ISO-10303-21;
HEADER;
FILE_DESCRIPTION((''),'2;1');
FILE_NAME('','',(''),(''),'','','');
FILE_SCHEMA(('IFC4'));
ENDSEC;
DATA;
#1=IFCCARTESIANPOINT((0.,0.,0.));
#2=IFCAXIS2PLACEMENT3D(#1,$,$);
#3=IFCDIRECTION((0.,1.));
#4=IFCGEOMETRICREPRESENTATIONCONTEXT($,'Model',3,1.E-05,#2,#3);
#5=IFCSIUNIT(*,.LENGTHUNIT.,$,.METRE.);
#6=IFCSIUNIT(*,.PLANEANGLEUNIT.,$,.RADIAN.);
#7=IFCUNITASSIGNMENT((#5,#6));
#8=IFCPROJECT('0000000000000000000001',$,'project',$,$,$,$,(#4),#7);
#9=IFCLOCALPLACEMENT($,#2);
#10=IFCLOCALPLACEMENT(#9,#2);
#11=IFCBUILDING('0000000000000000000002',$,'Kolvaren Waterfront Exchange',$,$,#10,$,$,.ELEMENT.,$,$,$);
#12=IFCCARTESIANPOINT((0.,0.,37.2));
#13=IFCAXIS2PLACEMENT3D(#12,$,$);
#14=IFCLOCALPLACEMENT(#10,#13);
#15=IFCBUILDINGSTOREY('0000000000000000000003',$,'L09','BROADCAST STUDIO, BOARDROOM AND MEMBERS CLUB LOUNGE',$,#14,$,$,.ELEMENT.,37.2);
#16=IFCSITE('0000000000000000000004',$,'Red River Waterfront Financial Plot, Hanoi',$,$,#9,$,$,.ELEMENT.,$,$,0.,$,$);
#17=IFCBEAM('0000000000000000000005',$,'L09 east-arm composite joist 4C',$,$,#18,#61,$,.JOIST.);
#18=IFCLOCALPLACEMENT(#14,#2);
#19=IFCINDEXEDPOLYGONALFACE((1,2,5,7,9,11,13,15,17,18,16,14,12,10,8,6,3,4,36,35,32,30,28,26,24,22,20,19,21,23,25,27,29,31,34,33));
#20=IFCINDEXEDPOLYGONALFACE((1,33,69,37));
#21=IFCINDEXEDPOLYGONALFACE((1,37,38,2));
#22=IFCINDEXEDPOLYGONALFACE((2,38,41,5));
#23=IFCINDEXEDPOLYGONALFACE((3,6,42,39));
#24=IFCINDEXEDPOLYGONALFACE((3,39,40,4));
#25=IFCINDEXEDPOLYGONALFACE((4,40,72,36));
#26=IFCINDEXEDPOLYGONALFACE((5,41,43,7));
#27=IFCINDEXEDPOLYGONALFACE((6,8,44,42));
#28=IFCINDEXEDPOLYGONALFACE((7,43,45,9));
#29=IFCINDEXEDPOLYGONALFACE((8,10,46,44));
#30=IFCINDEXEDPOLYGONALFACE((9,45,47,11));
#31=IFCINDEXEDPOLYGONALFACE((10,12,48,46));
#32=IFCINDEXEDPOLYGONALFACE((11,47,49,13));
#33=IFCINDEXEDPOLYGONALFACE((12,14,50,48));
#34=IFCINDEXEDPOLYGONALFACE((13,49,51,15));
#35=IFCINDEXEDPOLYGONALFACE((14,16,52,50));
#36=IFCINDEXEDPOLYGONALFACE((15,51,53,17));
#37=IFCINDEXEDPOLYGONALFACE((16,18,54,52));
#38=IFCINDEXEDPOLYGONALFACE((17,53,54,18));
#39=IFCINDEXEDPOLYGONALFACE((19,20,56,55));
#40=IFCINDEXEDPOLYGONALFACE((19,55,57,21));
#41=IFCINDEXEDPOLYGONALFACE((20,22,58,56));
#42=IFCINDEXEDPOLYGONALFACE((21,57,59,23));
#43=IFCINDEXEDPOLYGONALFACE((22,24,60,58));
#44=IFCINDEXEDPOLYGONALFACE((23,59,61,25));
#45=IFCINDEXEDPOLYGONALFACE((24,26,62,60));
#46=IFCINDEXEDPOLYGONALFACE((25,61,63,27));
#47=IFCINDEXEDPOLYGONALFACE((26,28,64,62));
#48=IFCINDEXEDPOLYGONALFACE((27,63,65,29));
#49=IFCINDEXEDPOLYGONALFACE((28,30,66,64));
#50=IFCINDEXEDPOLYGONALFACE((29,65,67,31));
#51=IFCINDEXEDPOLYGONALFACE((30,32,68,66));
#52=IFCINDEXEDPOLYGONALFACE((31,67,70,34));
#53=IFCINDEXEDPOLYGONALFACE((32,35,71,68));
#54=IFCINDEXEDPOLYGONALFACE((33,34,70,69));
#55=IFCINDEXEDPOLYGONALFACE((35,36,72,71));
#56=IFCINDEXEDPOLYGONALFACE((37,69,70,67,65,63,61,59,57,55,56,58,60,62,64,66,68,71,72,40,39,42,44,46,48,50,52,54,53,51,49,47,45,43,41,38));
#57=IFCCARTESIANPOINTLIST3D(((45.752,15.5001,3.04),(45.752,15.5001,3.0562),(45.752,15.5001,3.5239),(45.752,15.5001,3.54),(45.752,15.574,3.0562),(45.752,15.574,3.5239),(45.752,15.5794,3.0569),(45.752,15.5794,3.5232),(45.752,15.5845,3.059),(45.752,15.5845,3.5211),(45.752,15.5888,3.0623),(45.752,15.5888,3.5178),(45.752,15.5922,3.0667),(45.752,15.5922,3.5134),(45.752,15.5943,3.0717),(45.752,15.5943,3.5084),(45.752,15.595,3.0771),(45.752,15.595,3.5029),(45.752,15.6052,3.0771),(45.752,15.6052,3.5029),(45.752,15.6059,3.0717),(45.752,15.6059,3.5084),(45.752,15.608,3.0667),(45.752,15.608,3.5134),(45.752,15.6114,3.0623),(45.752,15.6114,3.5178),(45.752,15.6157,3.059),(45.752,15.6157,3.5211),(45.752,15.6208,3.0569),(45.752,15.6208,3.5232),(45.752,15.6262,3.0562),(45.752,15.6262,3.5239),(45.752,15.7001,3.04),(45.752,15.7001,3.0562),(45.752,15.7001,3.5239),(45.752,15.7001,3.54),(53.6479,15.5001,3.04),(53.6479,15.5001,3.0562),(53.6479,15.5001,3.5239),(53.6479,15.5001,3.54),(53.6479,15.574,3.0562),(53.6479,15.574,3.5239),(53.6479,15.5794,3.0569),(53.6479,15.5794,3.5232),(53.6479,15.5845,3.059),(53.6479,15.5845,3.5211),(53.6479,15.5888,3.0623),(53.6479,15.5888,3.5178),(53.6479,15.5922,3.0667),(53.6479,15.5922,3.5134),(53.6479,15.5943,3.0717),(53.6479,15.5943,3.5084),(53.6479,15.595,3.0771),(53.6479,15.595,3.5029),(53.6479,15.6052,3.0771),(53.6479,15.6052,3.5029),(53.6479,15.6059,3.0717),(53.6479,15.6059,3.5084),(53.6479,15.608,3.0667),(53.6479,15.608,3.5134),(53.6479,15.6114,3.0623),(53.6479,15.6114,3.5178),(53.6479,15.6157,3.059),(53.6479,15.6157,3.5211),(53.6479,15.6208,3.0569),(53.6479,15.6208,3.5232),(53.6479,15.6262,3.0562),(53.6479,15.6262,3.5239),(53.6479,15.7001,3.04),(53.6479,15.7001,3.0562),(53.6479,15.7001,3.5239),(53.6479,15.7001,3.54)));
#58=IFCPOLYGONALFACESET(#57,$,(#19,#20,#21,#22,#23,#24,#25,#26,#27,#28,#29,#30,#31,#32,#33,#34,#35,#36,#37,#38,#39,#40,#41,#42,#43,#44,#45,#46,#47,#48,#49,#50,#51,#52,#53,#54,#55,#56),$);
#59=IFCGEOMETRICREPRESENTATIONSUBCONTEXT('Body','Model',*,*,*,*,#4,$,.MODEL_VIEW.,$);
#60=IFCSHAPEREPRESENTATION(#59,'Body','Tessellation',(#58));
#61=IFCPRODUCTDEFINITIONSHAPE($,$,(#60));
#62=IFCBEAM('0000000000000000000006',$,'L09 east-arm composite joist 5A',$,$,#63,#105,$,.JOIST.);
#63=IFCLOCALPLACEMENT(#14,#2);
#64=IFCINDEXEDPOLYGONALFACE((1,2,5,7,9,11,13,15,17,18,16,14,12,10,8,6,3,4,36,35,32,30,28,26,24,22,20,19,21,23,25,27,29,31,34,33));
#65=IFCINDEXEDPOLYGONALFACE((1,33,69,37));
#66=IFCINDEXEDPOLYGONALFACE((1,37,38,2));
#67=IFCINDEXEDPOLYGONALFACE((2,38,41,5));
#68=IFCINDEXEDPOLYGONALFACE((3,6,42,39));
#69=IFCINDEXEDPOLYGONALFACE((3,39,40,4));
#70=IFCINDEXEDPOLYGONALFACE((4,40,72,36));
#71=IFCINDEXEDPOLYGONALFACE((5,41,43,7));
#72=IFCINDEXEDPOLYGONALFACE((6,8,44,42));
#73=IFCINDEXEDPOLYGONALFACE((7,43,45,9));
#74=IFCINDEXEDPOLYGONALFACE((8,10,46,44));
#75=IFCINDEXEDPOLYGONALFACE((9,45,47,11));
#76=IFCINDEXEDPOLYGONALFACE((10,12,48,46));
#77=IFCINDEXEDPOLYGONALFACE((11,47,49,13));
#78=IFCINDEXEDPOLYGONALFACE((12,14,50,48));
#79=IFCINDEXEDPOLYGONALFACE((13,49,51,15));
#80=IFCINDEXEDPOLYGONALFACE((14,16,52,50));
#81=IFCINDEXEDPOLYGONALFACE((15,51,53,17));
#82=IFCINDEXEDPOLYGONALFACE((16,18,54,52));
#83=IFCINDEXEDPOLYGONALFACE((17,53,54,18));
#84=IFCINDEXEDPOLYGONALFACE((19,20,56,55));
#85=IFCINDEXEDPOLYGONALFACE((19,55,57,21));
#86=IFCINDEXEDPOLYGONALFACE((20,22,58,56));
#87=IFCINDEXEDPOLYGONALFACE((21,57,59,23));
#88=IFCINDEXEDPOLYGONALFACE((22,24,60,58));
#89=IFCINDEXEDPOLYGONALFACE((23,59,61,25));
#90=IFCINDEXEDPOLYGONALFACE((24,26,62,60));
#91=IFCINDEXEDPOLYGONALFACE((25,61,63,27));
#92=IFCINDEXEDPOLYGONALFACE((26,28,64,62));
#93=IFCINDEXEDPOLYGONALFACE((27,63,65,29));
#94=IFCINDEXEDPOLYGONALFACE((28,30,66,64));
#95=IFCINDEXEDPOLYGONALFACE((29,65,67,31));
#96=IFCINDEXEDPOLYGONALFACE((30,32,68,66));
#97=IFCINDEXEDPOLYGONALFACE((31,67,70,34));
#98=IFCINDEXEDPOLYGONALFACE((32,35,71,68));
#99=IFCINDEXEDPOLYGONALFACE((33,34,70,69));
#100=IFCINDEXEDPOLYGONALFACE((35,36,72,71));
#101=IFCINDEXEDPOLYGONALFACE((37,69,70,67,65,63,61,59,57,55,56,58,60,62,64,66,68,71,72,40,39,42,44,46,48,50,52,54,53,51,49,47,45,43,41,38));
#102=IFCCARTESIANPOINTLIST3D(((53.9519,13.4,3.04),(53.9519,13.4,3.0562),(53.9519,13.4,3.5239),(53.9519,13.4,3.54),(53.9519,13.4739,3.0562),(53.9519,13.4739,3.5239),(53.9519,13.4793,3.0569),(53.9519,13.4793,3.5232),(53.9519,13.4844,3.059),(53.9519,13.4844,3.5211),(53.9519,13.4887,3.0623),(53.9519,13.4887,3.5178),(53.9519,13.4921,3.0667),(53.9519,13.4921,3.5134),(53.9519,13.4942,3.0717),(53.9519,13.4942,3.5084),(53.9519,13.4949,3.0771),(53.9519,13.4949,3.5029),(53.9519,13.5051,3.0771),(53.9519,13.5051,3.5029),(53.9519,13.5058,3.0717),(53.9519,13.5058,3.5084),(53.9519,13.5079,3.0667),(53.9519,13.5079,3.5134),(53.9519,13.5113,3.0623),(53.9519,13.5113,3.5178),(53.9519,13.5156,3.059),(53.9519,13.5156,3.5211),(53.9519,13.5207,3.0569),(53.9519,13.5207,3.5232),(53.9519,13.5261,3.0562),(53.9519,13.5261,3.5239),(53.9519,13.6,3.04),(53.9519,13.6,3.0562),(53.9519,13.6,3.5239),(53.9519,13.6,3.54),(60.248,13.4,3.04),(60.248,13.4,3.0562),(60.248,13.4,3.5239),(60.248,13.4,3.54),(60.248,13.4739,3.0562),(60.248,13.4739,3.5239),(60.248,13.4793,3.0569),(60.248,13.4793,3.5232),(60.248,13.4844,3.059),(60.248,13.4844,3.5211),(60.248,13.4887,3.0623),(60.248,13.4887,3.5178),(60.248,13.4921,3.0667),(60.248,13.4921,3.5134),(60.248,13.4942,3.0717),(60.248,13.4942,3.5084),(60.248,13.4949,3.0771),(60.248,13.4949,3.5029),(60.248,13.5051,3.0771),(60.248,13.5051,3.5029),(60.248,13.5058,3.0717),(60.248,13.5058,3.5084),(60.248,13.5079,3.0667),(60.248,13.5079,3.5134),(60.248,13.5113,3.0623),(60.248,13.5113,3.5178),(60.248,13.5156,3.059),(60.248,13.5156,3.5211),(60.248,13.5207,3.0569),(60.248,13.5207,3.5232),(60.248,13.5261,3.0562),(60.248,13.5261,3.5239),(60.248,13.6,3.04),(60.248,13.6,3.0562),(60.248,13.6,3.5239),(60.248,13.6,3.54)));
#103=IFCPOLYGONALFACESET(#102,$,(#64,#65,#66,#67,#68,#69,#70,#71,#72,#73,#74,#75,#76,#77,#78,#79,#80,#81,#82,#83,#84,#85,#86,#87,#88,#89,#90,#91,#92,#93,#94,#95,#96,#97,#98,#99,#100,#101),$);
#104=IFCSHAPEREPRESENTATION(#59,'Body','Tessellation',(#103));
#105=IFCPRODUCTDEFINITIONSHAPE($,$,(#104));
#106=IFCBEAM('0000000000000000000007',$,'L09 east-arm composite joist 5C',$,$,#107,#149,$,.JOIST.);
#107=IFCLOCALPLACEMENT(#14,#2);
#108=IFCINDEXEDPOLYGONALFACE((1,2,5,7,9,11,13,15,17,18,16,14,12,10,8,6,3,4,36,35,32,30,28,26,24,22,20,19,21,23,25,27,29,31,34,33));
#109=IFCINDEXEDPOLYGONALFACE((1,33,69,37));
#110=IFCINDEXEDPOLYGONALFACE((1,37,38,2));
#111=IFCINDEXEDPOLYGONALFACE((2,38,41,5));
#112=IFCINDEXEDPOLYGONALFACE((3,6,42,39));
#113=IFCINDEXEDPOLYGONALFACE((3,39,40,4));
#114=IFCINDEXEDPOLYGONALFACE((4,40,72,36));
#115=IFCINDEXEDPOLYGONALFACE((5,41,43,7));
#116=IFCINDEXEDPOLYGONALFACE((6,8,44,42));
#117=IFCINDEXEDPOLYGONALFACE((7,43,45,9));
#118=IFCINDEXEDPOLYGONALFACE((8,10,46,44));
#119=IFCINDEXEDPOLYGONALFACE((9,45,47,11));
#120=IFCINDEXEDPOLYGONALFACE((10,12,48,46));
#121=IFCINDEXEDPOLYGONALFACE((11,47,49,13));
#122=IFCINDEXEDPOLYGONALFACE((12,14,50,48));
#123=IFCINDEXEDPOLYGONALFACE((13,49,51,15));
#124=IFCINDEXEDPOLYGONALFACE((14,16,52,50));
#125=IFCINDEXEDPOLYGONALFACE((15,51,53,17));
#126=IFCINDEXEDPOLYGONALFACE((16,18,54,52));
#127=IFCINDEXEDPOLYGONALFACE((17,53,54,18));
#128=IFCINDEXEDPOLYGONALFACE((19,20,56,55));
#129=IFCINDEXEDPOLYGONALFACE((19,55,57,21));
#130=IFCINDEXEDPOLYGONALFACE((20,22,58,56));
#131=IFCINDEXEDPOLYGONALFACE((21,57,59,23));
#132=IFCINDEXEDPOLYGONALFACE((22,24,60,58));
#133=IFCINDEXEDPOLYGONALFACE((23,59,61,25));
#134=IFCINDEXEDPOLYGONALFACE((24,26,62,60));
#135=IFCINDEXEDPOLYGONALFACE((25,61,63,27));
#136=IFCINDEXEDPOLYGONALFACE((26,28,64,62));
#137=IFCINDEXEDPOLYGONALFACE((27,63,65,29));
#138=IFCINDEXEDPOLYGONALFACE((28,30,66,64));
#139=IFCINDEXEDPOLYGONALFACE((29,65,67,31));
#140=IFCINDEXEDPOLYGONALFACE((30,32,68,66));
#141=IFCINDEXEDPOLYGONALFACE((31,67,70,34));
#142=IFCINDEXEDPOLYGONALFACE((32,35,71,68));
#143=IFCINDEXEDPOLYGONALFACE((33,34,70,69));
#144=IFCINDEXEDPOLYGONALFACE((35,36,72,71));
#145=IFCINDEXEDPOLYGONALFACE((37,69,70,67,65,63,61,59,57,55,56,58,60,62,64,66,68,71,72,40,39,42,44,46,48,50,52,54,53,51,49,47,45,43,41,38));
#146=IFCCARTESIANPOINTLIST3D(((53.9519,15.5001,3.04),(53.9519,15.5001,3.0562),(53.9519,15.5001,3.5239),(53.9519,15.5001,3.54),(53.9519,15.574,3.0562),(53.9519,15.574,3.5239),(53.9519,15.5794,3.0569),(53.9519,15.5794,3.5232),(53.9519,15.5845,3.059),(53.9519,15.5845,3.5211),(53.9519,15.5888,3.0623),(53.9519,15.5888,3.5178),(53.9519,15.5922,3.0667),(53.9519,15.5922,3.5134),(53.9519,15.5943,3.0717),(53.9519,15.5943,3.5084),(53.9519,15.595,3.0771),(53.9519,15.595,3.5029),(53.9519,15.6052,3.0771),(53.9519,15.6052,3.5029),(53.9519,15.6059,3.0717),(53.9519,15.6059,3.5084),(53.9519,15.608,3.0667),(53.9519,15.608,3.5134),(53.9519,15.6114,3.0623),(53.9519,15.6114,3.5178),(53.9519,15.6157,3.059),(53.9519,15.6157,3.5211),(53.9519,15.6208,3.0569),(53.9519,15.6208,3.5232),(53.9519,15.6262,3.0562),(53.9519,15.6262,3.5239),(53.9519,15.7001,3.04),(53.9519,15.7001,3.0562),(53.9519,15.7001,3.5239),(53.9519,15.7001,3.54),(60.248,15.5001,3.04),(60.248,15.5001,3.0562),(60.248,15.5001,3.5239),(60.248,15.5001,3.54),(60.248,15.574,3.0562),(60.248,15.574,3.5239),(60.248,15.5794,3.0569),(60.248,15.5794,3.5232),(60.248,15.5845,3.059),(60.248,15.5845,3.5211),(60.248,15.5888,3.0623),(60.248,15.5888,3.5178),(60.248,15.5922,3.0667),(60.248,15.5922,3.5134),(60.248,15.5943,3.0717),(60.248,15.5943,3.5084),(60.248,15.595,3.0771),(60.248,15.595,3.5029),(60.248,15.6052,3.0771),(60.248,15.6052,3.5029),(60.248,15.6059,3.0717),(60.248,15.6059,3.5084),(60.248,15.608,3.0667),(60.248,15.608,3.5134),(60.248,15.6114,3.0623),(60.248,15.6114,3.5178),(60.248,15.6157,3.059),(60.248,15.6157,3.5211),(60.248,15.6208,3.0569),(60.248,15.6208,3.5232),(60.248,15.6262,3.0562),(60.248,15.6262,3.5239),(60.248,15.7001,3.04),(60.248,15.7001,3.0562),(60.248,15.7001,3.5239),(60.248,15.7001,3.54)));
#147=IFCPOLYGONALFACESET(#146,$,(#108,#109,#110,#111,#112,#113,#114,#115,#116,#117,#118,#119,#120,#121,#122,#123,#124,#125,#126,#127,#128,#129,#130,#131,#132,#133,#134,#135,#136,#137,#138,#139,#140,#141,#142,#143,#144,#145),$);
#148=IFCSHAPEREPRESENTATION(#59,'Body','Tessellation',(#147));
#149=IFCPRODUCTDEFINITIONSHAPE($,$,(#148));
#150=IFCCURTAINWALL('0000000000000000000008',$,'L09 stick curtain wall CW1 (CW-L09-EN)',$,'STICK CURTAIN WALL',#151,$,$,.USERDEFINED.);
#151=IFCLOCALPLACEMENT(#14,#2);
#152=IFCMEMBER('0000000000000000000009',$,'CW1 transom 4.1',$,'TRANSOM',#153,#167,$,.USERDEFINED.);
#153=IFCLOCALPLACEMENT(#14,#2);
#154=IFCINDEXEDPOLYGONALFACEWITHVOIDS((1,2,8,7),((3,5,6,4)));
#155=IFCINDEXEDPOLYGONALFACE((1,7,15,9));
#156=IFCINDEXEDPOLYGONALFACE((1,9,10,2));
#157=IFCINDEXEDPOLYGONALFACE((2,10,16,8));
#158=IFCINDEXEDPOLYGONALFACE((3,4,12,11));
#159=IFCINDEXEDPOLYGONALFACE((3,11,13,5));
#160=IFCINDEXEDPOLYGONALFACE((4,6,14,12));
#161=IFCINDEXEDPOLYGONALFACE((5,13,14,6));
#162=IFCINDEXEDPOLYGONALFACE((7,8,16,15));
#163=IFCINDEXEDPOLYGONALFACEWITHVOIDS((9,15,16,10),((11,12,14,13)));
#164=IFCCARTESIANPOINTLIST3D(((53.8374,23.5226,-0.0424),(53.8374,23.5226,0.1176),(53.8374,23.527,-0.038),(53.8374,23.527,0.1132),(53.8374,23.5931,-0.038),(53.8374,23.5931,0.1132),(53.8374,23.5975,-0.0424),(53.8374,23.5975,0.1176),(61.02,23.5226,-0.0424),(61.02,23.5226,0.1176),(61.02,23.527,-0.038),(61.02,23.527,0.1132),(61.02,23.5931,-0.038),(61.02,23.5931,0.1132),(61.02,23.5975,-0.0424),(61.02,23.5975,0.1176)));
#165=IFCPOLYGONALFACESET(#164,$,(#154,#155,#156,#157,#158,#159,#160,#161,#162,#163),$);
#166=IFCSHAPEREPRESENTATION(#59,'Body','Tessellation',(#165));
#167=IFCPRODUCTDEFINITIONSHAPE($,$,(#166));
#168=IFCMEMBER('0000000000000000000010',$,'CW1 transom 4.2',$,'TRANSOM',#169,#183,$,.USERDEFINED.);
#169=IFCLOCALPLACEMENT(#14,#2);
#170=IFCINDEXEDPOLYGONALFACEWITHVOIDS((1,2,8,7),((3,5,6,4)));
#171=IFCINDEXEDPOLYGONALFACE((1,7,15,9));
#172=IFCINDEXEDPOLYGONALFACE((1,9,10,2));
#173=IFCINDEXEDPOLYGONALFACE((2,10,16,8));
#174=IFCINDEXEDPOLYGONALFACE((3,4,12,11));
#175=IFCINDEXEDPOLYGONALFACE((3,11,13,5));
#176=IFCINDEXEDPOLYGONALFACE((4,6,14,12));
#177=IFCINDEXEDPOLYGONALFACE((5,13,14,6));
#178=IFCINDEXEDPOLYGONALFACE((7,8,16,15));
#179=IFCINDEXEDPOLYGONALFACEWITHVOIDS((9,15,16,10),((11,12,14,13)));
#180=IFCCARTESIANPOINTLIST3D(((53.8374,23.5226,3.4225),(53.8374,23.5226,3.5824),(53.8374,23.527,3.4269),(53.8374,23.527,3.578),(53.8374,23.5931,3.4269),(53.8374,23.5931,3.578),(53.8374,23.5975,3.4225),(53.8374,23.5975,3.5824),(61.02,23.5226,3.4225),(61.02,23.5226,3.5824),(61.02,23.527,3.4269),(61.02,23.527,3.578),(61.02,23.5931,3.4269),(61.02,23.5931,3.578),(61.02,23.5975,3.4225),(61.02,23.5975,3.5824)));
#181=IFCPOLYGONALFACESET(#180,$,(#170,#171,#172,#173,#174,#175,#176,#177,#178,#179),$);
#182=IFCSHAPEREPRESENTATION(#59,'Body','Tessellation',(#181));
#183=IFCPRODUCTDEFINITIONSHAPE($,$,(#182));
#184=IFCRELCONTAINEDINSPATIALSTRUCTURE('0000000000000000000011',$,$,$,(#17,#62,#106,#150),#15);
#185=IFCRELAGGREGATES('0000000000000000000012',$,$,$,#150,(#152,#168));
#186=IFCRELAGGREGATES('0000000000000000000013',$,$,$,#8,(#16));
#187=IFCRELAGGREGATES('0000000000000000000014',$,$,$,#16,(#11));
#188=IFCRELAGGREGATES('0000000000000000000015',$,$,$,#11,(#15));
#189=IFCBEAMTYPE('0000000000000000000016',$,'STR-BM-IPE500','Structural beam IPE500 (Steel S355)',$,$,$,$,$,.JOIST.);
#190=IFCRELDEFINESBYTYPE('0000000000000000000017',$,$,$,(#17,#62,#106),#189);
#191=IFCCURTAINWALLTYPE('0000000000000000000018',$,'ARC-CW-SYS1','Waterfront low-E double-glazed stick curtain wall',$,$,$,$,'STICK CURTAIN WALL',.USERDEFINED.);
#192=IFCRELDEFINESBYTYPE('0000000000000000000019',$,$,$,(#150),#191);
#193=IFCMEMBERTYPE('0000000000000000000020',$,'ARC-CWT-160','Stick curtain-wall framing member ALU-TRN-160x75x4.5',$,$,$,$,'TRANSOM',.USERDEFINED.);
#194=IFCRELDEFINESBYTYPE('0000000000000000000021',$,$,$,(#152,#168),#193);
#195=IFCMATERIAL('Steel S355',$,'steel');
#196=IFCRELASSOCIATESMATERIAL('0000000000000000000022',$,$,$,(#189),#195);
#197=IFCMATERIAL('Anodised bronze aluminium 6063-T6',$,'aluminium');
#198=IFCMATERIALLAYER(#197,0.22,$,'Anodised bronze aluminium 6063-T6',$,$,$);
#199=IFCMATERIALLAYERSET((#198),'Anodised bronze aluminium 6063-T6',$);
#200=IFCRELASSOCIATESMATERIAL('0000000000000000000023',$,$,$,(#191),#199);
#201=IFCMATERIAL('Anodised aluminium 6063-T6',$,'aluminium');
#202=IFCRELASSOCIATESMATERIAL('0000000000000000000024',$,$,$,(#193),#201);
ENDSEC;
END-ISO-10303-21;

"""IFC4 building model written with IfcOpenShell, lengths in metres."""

from ifc_helpers import new_model, si_unit, direction, frame, origin, origin_with_axes, origin_2d, place, context, subcontext, project, spatial, hollow_rectangle, i_section, extrude, source, transform, mapped, material, layer, layer_set, material_profile, profile_set, type_object, element, aggregate, save


model = new_model("IFC4")

# Units and contexts
model_context = context("Model", 3, precision=1e-05, world=origin(), true_north=direction((0.0, 1.0)))
body_context = subcontext(model_context, "Body", "Model", "MODEL_VIEW")
ifc_project = project(units=[si_unit("LENGTHUNIT", "METRE"), si_unit("PLANEANGLEUNIT", "RADIAN")], contexts=[model_context])

# Site, building, storey
site_placement = place(None, origin())
site = spatial("IfcSite", under=ifc_project, at=site_placement, Name="Red River Waterfront Financial Plot, Hanoi", CompositionType="ELEMENT", RefElevation=0.0)
building_placement = place(site_placement, origin())
building = spatial("IfcBuilding", under=site, at=building_placement, Name="Kolvaren Waterfront Exchange", CompositionType="ELEMENT")
storey_placement = place(building_placement, frame((0.0, 0.0, 37.2)))
storey = spatial("IfcBuildingStorey", under=building, at=storey_placement, Name="L09", Description="BROADCAST STUDIO, BOARDROOM AND MEMBERS CLUB LOUNGE", CompositionType="ELEMENT", Elevation=37.2)

# Beams
ifc_material_1 = material(Name="Steel S355", Category="steel")
ifc_material_profile_1 = material_profile(ifc_material_1, i_section(OverallWidth=0.2, OverallDepth=0.5, WebThickness=0.0103, FlangeThickness=0.0161, FilletRadius=0.021, at=origin_2d()), Name="IPE500")
ifc_profile_set_1 = profile_set([ifc_material_profile_1], Name="Steel S355")
beam_type_1 = type_object("IfcBeamType", Name="STR-BM-IPE500", Description="Structural beam IPE500 (Steel S355)", PredefinedType="JOIST", material=ifc_profile_set_1)
for number, where, z_axis, x_axis, name in (
    (1, (45.752, 15.6001, 3.29), (1.0, 0.0, 0.0), (0.0, 1.0, 0.0), "L09 east-arm composite joist 4C"),
):
    element("IfcBeam", number, at=place(storey_placement, frame(where, z_axis=z_axis, x_axis=x_axis)), inside=storey, type_object=beam_type_1, Name=name, PredefinedType="JOIST", context=body_context, shape_type="SweptSolid", body=[
        extrude(i_section(OverallWidth=0.2, OverallDepth=0.5, WebThickness=0.0103, FlangeThickness=0.0161, FilletRadius=0.021, at=origin_2d()), origin(), (0.0, 0.0, 1.0), 7.896),
    ])
for number, where, z_axis, x_axis, name in (
    (2, (53.9519, 13.5, 3.29), (1.0, 0.0, 0.0), (0.0, 1.0, 0.0), "L09 east-arm composite joist 5A"),
    (3, (53.9519, 15.6001, 3.29), (1.0, 0.0, 0.0), (0.0, 1.0, 0.0), "L09 east-arm composite joist 5C"),
):
    element("IfcBeam", number, at=place(storey_placement, frame(where, z_axis=z_axis, x_axis=x_axis)), inside=storey, type_object=beam_type_1, Name=name, PredefinedType="JOIST", context=body_context, shape_type="SweptSolid", body=[
        extrude(i_section(OverallWidth=0.2, OverallDepth=0.5, WebThickness=0.0103, FlangeThickness=0.0161, FilletRadius=0.021, at=origin_2d()), origin(), (0.0, 0.0, 1.0), 6.2961),
    ])

# Curtain wall, members
ifc_material_2 = material(Name="Anodised bronze aluminium 6063-T6", Category="aluminium")
ifc_layer_1 = layer(ifc_material_2, 0.22, Name="Anodised bronze aluminium 6063-T6")
ifc_layer_set_1 = layer_set([ifc_layer_1], Name="Anodised bronze aluminium 6063-T6")
curtain_wall_type = type_object("IfcCurtainWallType", Name="ARC-CW-SYS1", Description="Waterfront low-E double-glazed stick curtain wall", ElementType="STICK CURTAIN WALL", PredefinedType="USERDEFINED", material=ifc_layer_set_1)
curtain_wall_placement = place(storey_placement, origin())
curtain_wall = element("IfcCurtainWall", 4, at=curtain_wall_placement, inside=storey, type_object=curtain_wall_type, Name="L09 stick curtain wall CW1 (CW-L09-EN)", ObjectType="STICK CURTAIN WALL", PredefinedType="USERDEFINED")
ifc_material_3 = material(Name="Anodised aluminium 6063-T6", Category="aluminium")
ifc_material_profile_2 = material_profile(ifc_material_3, hollow_rectangle(XDim=0.075, YDim=0.1599, WallThickness=0.0044, at=origin_2d()), Name="ALU-TRN-160x75x4.5")
ifc_profile_set_2 = profile_set([ifc_material_profile_2], Name="Anodised aluminium 6063-T6")
member_type_1 = type_object("IfcMemberType", Name="ARC-CWT-160", Description="Stick curtain-wall framing member ALU-TRN-160x75x4.5", ElementType="TRANSOM", PredefinedType="USERDEFINED", material=ifc_profile_set_2)
shared_shape_1 = source(origin_with_axes(), body_context, "Body", "SweptSolid", [
    extrude(hollow_rectangle(XDim=0.075, YDim=0.1599, WallThickness=0.0044, at=origin_2d()), origin(), (0.0, 0.0, 1.0), 7.1826),
])
member_1_placement = place(storey_placement, frame((53.8374, 23.5601, 0.0376), z_axis=(1.0, 0.0, 0.0), x_axis=(0.0, 1.0, 0.0)))
member_1 = element("IfcMember", 5, at=member_1_placement, type_object=member_type_1, Name="CW1 transom 4.1", ObjectType="TRANSOM", PredefinedType="USERDEFINED", context=body_context, shape_type="MappedRepresentation", body=[
    mapped(shared_shape_1, transform((0.0, 0.0, 0.0), x_axis=(1.0, 0.0, 0.0), y_axis=(0.0, 1.0, 0.0), z_axis=(0.0, 0.0, 1.0), scale=1.0)),
])
member_2_placement = place(storey_placement, frame((53.8374, 23.5601, 3.5024), z_axis=(1.0, 0.0, 0.0), x_axis=(0.0, 1.0, 0.0)))
member_2 = element("IfcMember", 6, at=member_2_placement, type_object=member_type_1, Name="CW1 transom 4.2", ObjectType="TRANSOM", PredefinedType="USERDEFINED", context=body_context, shape_type="MappedRepresentation", body=[
    mapped(shared_shape_1, transform((0.0, 0.0, 0.0), x_axis=(1.0, 0.0, 0.0), y_axis=(0.0, 1.0, 0.0), z_axis=(0.0, 0.0, 1.0), scale=1.0)),
])
aggregate(curtain_wall, [member_1, member_2])

save(model, "model.ifc")
